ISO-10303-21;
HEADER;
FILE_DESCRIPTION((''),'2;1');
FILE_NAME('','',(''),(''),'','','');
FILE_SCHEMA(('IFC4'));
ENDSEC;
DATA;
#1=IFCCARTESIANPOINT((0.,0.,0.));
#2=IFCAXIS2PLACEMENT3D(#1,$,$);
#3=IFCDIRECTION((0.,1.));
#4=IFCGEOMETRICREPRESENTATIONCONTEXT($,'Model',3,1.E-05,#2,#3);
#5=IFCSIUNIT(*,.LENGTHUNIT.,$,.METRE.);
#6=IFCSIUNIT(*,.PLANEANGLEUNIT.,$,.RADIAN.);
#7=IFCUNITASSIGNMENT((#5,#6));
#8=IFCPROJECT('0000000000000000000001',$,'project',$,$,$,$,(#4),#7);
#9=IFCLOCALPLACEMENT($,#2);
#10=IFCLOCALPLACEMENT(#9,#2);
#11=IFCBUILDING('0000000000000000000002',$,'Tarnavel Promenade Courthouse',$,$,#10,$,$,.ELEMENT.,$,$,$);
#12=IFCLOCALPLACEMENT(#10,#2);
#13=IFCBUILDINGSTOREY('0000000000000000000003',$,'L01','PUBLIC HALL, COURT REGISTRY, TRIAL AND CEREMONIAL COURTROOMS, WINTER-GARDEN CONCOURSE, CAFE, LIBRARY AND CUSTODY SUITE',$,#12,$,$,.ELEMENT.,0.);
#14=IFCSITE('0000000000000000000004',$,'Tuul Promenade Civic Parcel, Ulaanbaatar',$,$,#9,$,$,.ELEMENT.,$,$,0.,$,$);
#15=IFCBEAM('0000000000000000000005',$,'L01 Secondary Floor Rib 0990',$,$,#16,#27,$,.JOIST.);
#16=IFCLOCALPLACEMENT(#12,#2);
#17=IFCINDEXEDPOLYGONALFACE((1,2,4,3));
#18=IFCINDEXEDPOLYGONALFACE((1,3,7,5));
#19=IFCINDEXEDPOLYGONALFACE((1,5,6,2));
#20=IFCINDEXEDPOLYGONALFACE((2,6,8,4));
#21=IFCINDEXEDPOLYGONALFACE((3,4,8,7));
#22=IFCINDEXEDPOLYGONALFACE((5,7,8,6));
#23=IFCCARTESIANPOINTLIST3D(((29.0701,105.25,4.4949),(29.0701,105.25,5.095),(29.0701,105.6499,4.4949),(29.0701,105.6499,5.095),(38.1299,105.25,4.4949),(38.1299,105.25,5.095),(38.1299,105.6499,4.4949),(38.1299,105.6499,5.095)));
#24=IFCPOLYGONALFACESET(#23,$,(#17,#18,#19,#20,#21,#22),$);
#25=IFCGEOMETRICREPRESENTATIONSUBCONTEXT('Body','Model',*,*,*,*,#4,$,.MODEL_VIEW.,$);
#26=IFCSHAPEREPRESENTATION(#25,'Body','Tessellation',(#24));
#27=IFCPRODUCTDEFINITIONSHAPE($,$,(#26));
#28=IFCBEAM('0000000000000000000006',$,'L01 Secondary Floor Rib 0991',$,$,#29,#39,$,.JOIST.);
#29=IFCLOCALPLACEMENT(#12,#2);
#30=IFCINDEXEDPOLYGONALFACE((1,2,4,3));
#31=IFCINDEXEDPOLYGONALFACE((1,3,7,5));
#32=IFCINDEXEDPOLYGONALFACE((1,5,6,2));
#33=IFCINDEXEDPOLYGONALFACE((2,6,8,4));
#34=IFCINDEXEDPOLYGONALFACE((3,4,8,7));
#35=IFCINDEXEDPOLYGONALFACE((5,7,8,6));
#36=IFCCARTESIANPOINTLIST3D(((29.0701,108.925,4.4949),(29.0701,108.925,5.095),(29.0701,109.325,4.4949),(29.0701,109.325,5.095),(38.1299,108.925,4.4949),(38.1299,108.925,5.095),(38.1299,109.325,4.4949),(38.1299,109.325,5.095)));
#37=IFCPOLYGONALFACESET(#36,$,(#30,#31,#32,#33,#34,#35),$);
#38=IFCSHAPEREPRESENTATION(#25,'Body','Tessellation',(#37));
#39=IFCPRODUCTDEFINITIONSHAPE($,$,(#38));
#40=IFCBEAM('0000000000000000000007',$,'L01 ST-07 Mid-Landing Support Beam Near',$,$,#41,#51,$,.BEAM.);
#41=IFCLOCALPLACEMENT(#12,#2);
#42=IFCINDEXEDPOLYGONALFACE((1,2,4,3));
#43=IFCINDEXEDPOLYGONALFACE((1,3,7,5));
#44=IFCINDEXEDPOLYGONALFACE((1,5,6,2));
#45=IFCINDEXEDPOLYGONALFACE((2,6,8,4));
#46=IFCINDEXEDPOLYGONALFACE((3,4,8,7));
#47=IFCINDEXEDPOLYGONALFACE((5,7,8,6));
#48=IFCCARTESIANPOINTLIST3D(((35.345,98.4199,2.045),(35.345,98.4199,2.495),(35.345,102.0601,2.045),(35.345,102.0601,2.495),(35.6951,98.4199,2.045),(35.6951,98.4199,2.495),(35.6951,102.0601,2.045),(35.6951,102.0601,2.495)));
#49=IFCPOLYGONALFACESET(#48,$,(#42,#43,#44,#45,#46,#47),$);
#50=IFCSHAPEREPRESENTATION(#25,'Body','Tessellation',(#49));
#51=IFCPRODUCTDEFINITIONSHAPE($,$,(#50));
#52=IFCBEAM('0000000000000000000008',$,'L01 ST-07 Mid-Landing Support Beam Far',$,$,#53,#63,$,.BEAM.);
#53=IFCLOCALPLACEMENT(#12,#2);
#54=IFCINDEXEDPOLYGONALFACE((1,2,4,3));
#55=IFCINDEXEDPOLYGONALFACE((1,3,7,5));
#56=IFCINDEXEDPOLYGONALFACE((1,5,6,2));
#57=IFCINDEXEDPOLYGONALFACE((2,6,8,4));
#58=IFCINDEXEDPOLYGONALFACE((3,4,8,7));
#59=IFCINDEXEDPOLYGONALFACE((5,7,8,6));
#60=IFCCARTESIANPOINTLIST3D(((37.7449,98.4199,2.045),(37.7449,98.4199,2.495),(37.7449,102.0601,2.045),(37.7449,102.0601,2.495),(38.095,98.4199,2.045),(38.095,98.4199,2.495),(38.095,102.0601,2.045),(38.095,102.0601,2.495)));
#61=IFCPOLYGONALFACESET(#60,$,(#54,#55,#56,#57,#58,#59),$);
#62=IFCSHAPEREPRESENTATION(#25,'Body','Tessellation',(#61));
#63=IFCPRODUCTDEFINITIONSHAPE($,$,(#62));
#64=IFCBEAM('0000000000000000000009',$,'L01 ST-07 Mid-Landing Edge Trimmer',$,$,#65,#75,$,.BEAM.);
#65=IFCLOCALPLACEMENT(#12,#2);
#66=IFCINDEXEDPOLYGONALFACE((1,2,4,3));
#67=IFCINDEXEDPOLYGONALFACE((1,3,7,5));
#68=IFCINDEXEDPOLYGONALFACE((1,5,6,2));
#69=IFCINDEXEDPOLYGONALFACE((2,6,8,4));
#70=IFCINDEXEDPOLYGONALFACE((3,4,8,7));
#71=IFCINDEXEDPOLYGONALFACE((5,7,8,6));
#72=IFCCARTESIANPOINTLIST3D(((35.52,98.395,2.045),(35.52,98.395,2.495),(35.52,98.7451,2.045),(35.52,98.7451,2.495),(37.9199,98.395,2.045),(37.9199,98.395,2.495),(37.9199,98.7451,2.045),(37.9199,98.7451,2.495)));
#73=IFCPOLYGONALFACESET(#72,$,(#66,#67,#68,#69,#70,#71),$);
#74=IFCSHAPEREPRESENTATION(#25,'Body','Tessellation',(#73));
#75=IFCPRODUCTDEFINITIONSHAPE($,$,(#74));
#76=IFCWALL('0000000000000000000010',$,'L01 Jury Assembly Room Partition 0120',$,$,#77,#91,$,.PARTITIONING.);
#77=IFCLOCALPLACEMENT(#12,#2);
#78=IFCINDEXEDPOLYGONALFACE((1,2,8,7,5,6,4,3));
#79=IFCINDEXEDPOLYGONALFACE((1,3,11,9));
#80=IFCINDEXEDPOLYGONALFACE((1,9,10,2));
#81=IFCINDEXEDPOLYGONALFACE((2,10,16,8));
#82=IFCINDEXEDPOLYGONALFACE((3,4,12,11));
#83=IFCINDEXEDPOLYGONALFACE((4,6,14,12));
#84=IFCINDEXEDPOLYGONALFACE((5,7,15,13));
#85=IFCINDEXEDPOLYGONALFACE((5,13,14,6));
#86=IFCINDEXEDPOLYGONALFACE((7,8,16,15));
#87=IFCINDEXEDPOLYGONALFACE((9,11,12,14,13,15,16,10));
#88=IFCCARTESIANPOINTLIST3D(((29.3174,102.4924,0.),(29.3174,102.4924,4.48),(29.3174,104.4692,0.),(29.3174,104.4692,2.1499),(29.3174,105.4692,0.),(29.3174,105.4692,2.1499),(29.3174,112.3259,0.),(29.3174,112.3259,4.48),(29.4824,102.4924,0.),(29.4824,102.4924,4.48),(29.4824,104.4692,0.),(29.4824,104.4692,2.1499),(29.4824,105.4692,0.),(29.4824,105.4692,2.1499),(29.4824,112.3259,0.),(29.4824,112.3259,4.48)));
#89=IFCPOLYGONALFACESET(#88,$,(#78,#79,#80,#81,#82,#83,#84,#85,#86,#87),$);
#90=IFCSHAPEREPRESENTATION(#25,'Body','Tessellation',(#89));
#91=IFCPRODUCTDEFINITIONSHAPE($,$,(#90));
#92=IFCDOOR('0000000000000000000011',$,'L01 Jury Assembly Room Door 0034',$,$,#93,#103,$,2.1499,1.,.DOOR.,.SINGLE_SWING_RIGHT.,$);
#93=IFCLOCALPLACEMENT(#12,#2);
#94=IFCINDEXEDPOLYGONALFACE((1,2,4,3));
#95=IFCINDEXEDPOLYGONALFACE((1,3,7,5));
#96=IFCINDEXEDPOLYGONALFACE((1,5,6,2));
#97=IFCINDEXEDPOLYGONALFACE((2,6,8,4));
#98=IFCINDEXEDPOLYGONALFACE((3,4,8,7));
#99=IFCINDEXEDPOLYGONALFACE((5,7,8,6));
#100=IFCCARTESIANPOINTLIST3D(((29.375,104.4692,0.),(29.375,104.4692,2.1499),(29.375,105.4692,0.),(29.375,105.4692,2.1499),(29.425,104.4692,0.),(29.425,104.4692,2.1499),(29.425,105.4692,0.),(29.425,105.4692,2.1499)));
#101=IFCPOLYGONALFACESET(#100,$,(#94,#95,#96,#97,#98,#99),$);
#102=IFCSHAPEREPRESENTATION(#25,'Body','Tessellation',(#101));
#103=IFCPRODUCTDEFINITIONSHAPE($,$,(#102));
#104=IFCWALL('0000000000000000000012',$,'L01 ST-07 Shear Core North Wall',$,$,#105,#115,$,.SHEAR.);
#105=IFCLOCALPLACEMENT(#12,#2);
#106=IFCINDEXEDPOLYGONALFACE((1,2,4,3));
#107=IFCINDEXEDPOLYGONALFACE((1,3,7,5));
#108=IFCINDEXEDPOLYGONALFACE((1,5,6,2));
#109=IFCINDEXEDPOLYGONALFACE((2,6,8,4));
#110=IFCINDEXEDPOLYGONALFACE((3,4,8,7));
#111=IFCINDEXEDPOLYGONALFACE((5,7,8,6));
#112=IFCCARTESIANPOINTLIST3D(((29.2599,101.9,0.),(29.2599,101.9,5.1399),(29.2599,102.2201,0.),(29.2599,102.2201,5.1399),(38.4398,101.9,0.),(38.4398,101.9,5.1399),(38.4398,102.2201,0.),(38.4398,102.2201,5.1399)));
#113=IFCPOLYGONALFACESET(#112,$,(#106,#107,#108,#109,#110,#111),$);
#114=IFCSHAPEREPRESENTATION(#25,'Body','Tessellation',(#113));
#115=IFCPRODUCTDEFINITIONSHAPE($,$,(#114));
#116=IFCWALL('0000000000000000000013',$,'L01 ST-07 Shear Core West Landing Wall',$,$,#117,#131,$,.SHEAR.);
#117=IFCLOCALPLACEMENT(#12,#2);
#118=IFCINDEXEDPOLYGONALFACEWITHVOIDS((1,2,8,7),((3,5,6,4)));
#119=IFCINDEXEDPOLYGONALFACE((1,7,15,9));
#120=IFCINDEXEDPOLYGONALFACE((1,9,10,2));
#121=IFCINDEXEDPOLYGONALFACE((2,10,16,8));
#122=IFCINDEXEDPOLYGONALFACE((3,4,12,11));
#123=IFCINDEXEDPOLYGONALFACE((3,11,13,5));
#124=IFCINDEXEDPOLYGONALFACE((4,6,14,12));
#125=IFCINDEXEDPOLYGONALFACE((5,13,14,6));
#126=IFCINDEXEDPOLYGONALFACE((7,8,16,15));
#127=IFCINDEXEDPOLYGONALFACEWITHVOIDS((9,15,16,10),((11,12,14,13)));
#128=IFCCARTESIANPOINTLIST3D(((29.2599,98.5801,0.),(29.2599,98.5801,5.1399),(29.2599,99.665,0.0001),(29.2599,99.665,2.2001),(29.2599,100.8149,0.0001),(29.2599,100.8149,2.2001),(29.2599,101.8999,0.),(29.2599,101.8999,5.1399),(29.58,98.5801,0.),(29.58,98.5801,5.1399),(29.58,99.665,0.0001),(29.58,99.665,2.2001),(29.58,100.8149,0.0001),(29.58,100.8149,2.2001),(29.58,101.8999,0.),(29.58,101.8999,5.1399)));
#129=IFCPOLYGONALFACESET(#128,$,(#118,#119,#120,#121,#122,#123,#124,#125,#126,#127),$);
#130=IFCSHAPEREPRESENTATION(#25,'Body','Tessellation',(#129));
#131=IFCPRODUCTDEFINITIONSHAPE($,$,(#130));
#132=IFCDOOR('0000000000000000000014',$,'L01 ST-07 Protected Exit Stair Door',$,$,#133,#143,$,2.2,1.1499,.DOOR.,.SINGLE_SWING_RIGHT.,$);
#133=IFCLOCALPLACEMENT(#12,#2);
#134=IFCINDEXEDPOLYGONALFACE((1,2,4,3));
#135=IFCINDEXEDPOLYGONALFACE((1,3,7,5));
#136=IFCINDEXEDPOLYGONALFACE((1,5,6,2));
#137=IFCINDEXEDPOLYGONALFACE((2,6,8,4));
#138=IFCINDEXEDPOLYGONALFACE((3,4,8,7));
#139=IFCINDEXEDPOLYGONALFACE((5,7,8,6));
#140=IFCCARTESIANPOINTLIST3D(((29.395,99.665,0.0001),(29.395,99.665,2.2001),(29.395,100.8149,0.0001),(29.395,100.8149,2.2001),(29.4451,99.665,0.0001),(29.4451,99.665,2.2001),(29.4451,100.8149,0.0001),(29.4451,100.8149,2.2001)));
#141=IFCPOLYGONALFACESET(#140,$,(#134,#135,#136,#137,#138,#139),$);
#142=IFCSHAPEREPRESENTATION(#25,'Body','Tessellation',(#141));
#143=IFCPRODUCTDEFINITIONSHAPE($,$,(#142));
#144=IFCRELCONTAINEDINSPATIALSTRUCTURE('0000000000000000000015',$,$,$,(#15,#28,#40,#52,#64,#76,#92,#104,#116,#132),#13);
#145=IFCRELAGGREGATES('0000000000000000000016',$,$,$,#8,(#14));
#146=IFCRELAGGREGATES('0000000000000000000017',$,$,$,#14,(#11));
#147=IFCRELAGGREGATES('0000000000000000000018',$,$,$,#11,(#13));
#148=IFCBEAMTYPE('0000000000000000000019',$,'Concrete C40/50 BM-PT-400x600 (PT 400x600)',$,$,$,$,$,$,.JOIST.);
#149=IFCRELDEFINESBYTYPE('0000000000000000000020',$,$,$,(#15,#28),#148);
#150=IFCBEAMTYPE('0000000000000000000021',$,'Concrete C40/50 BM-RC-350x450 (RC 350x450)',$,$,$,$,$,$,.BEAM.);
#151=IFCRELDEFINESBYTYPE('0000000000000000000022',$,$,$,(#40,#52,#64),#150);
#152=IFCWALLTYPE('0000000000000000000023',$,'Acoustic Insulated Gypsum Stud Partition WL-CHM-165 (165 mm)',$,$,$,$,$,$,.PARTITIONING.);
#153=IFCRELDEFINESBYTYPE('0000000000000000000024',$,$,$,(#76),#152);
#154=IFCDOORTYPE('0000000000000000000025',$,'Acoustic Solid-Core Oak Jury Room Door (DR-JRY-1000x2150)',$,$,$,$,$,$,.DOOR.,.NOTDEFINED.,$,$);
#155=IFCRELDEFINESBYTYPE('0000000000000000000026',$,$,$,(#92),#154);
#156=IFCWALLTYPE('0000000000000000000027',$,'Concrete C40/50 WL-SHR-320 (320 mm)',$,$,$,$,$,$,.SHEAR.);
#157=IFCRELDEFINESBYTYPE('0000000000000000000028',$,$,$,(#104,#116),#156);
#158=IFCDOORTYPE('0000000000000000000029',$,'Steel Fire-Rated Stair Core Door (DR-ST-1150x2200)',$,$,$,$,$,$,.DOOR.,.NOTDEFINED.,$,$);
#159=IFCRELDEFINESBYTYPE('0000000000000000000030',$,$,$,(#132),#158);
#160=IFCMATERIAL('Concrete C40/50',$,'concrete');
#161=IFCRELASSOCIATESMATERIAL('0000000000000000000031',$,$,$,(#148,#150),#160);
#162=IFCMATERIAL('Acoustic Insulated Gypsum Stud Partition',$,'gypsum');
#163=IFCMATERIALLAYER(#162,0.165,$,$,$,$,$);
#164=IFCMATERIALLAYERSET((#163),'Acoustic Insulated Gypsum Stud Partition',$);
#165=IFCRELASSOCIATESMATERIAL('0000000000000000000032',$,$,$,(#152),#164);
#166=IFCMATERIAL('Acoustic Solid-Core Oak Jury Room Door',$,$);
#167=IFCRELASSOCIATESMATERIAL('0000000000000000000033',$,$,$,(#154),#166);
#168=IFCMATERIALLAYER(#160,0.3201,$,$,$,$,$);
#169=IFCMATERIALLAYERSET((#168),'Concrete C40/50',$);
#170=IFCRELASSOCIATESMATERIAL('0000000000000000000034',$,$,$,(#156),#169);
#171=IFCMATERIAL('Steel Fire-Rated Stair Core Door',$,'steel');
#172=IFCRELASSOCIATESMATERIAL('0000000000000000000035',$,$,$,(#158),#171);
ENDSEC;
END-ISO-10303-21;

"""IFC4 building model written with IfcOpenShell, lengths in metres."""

from ifc_helpers import new_model, si_unit, direction, frame, frame_2d, origin, origin_2d, place, context, subcontext, project, spatial, rectangle, extrude, material, layer, layer_set, material_profile, profile_set, type_object, element, fill, save


model = new_model("IFC4")

# Units and contexts
model_context = context("Model", 3, precision=1e-05, world=origin(), true_north=direction((0.0, 1.0)))
body_context = subcontext(model_context, "Body", "Model", "MODEL_VIEW")
ifc_project = project(units=[si_unit("LENGTHUNIT", "METRE"), si_unit("PLANEANGLEUNIT", "RADIAN")], contexts=[model_context])

# Site, building, storey
site_placement = place(None, origin())
site = spatial("IfcSite", under=ifc_project, at=site_placement, Name="Tuul Promenade Civic Parcel, Ulaanbaatar", CompositionType="ELEMENT", RefElevation=0.0)
building_placement = place(site_placement, origin())
building = spatial("IfcBuilding", under=site, at=building_placement, Name="Tarnavel Promenade Courthouse", CompositionType="ELEMENT")
storey_placement = place(building_placement, origin())
storey = spatial("IfcBuildingStorey", under=building, at=storey_placement, Name="L01", Description="PUBLIC HALL, COURT REGISTRY, TRIAL AND CEREMONIAL COURTROOMS, WINTER-GARDEN CONCOURSE, CAFE, LIBRARY AND CUSTODY SUITE", CompositionType="ELEMENT", Elevation=0.0)

# Beams
ifc_material_1 = material(Name="Concrete C40/50", Category="concrete")
ifc_material_profile_1 = material_profile(ifc_material_1, rectangle(XDim=0.3999, YDim=0.6001, at=origin_2d()), Name="PT 400x600")
ifc_profile_set_1 = profile_set([ifc_material_profile_1], Name="Concrete C40/50")
beam_type_1 = type_object("IfcBeamType", Name="Concrete C40/50 BM-PT-400x600 (PT 400x600)", PredefinedType="JOIST", material=ifc_profile_set_1)
for number, where, z_axis, x_axis, name in (
    (1, (29.0701, 105.45, 4.7949), (1.0, 0.0, 0.0), (0.0, 1.0, 0.0), "L01 Secondary Floor Rib 0990"),
    (2, (29.0701, 109.125, 4.7949), (1.0, 0.0, 0.0), (0.0, 1.0, 0.0), "L01 Secondary Floor Rib 0991"),
):
    element("IfcBeam", number, at=place(storey_placement, frame(where, z_axis=z_axis, x_axis=x_axis)), inside=storey, type_object=beam_type_1, Name=name, PredefinedType="JOIST", context=body_context, shape_type="SweptSolid", body=[
        extrude(rectangle(XDim=0.3999, YDim=0.6001, at=origin_2d()), origin(), (0.0, 0.0, 1.0), 9.0598),
    ])
ifc_material_profile_2 = material_profile(ifc_material_1, rectangle(XDim=0.3501, YDim=0.45, at=origin_2d()), Name="RC 350x450")
ifc_profile_set_2 = profile_set([ifc_material_profile_2], Name="Concrete C40/50")
beam_type_2 = type_object("IfcBeamType", Name="Concrete C40/50 BM-RC-350x450 (RC 350x450)", PredefinedType="BEAM", material=ifc_profile_set_2)
for number, where, z_axis, x_axis, name in (
    (3, (35.52, 98.4199, 2.27), (0.0, 1.0, 0.0), (-1.0, 0.0, 0.0), "L01 ST-07 Mid-Landing Support Beam Near"),
    (4, (37.9199, 98.4199, 2.27), (0.0, 1.0, 0.0), (-1.0, 0.0, 0.0), "L01 ST-07 Mid-Landing Support Beam Far"),
):
    element("IfcBeam", number, at=place(storey_placement, frame(where, z_axis=z_axis, x_axis=x_axis)), inside=storey, type_object=beam_type_2, Name=name, PredefinedType="BEAM", context=body_context, shape_type="SweptSolid", body=[
        extrude(rectangle(XDim=0.3501, YDim=0.45, at=origin_2d()), origin(), (0.0, 0.0, 1.0), 3.6401),
    ])
beam_placement = place(storey_placement, frame((35.52, 98.5701, 2.27), z_axis=(1.0, 0.0, 0.0), x_axis=(0.0, 1.0, 0.0)))
element("IfcBeam", 5, at=beam_placement, inside=storey, type_object=beam_type_2, Name="L01 ST-07 Mid-Landing Edge Trimmer", PredefinedType="BEAM", context=body_context, shape_type="SweptSolid", body=[
    extrude(rectangle(XDim=0.3501, YDim=0.45, at=origin_2d()), origin(), (0.0, 0.0, 1.0), 2.3999),
])

# Wall, opening, door
ifc_material_2 = material(Name="Acoustic Insulated Gypsum Stud Partition", Category="gypsum")
ifc_layer_1 = layer(ifc_material_2, 0.165)
ifc_layer_set_1 = layer_set([ifc_layer_1], Name="Acoustic Insulated Gypsum Stud Partition")
wall_type_1 = type_object("IfcWallType", Name="Acoustic Insulated Gypsum Stud Partition WL-CHM-165 (165 mm)", PredefinedType="PARTITIONING", material=ifc_layer_set_1)
wall_1_placement = place(storey_placement, frame((29.3999, 102.4924, 0.0), z_axis=(0.0, 0.0, 1.0), x_axis=(0.0, 1.0, 0.0)))
wall_1 = element("IfcWall", 6, at=wall_1_placement, inside=storey, type_object=wall_type_1, Name="L01 Jury Assembly Room Partition 0120", PredefinedType="PARTITIONING", context=body_context, shape_type="SweptSolid", body=[
    extrude(rectangle(XDim=9.8335, YDim=0.165, at=frame_2d((4.9167, 0.0))), origin(), (0.0, 0.0, 1.0), 4.48),
])
opening_1_placement = place(wall_1_placement, frame((1.9768, 0.0, 0.0)))
opening_1 = element("IfcOpeningElement", 7, at=opening_1_placement, cuts=wall_1, PredefinedType="OPENING", context=body_context, shape_type="SweptSolid", body=[
    extrude(rectangle(XDim=1.0, YDim=2.1499, at=frame_2d((0.5, 1.075))), frame((0.0, 0.0925, 0.0), z_axis=(0.0, -1.0, 0.0), x_axis=(1.0, 0.0, 0.0)), (0.0, 0.0, 1.0), 0.1851),
])
ifc_material_3 = material(Name="Acoustic Solid-Core Oak Jury Room Door")
door_type_1 = type_object("IfcDoorType", Name="Acoustic Solid-Core Oak Jury Room Door (DR-JRY-1000x2150)", OperationType="NOTDEFINED", PredefinedType="DOOR", material=ifc_material_3)
door_1_placement = place(opening_1_placement, origin())
door_1 = element("IfcDoor", 8, at=door_1_placement, inside=storey, type_object=door_type_1, Name="L01 Jury Assembly Room Door 0034", OperationType="SINGLE_SWING_RIGHT", OverallHeight=2.1499, OverallWidth=1.0, PredefinedType="DOOR", context=body_context, shape_type="SweptSolid", body=[
    extrude(rectangle(XDim=1.0, YDim=2.1499, at=frame_2d((0.5, 1.075))), frame((0.0, 0.0249, 0.0), z_axis=(0.0, -1.0, 0.0), x_axis=(1.0, 0.0, 0.0)), (0.0, 0.0, 1.0), 0.05),
])
fill(opening_1, door_1)

# Wall
ifc_layer_2 = layer(ifc_material_1, 0.3201)
ifc_layer_set_2 = layer_set([ifc_layer_2], Name="Concrete C40/50")
wall_type_2 = type_object("IfcWallType", Name="Concrete C40/50 WL-SHR-320 (320 mm)", PredefinedType="SHEAR", material=ifc_layer_set_2)
wall_2_placement = place(storey_placement, frame((29.26, 102.0601, 0.0), z_axis=(0.0, 0.0, 1.0), x_axis=(1.0, 0.0, 0.0)))
element("IfcWall", 9, at=wall_2_placement, inside=storey, type_object=wall_type_2, Name="L01 ST-07 Shear Core North Wall", PredefinedType="SHEAR", context=body_context, shape_type="SweptSolid", body=[
    extrude(rectangle(XDim=9.1799, YDim=0.3201, at=frame_2d((4.5898, 0.0))), origin(), (0.0, 0.0, 1.0), 5.1399),
])

# Wall, opening, door
wall_3_placement = place(storey_placement, frame((29.4199, 98.5801, 0.0), z_axis=(0.0, 0.0, 1.0), x_axis=(0.0, 1.0, 0.0)))
wall_3 = element("IfcWall", 10, at=wall_3_placement, inside=storey, type_object=wall_type_2, Name="L01 ST-07 Shear Core West Landing Wall", PredefinedType="SHEAR", context=body_context, shape_type="SweptSolid", body=[
    extrude(rectangle(XDim=3.3198, YDim=0.3201, at=frame_2d((1.6599, 0.0))), origin(), (0.0, 0.0, 1.0), 5.1399),
])
opening_2_placement = place(wall_3_placement, frame((1.085, 0.0, 0.0)))
opening_2 = element("IfcOpeningElement", 11, at=opening_2_placement, cuts=wall_3, PredefinedType="OPENING", context=body_context, shape_type="SweptSolid", body=[
    extrude(rectangle(XDim=1.1499, YDim=2.2, at=frame_2d((0.575, 1.1001))), frame((0.0, 0.1699, 0.0), z_axis=(0.0, -1.0, 0.0), x_axis=(1.0, 0.0, 0.0)), (0.0, 0.0, 1.0), 0.3401),
])
ifc_material_4 = material(Name="Steel Fire-Rated Stair Core Door", Category="steel")
door_type_2 = type_object("IfcDoorType", Name="Steel Fire-Rated Stair Core Door (DR-ST-1150x2200)", OperationType="NOTDEFINED", PredefinedType="DOOR", material=ifc_material_4)
door_2_placement = place(opening_2_placement, origin())
door_2 = element("IfcDoor", 12, at=door_2_placement, inside=storey, type_object=door_type_2, Name="L01 ST-07 Protected Exit Stair Door", OperationType="SINGLE_SWING_RIGHT", OverallHeight=2.2, OverallWidth=1.1499, PredefinedType="DOOR", context=body_context, shape_type="SweptSolid", body=[
    extrude(rectangle(XDim=1.1499, YDim=2.2, at=frame_2d((0.575, 1.1001))), frame((0.0, 0.0249, 0.0), z_axis=(0.0, -1.0, 0.0), x_axis=(1.0, 0.0, 0.0)), (0.0, 0.0, 1.0), 0.05),
])
fill(opening_2, door_2)

save(model, "model.ifc")
